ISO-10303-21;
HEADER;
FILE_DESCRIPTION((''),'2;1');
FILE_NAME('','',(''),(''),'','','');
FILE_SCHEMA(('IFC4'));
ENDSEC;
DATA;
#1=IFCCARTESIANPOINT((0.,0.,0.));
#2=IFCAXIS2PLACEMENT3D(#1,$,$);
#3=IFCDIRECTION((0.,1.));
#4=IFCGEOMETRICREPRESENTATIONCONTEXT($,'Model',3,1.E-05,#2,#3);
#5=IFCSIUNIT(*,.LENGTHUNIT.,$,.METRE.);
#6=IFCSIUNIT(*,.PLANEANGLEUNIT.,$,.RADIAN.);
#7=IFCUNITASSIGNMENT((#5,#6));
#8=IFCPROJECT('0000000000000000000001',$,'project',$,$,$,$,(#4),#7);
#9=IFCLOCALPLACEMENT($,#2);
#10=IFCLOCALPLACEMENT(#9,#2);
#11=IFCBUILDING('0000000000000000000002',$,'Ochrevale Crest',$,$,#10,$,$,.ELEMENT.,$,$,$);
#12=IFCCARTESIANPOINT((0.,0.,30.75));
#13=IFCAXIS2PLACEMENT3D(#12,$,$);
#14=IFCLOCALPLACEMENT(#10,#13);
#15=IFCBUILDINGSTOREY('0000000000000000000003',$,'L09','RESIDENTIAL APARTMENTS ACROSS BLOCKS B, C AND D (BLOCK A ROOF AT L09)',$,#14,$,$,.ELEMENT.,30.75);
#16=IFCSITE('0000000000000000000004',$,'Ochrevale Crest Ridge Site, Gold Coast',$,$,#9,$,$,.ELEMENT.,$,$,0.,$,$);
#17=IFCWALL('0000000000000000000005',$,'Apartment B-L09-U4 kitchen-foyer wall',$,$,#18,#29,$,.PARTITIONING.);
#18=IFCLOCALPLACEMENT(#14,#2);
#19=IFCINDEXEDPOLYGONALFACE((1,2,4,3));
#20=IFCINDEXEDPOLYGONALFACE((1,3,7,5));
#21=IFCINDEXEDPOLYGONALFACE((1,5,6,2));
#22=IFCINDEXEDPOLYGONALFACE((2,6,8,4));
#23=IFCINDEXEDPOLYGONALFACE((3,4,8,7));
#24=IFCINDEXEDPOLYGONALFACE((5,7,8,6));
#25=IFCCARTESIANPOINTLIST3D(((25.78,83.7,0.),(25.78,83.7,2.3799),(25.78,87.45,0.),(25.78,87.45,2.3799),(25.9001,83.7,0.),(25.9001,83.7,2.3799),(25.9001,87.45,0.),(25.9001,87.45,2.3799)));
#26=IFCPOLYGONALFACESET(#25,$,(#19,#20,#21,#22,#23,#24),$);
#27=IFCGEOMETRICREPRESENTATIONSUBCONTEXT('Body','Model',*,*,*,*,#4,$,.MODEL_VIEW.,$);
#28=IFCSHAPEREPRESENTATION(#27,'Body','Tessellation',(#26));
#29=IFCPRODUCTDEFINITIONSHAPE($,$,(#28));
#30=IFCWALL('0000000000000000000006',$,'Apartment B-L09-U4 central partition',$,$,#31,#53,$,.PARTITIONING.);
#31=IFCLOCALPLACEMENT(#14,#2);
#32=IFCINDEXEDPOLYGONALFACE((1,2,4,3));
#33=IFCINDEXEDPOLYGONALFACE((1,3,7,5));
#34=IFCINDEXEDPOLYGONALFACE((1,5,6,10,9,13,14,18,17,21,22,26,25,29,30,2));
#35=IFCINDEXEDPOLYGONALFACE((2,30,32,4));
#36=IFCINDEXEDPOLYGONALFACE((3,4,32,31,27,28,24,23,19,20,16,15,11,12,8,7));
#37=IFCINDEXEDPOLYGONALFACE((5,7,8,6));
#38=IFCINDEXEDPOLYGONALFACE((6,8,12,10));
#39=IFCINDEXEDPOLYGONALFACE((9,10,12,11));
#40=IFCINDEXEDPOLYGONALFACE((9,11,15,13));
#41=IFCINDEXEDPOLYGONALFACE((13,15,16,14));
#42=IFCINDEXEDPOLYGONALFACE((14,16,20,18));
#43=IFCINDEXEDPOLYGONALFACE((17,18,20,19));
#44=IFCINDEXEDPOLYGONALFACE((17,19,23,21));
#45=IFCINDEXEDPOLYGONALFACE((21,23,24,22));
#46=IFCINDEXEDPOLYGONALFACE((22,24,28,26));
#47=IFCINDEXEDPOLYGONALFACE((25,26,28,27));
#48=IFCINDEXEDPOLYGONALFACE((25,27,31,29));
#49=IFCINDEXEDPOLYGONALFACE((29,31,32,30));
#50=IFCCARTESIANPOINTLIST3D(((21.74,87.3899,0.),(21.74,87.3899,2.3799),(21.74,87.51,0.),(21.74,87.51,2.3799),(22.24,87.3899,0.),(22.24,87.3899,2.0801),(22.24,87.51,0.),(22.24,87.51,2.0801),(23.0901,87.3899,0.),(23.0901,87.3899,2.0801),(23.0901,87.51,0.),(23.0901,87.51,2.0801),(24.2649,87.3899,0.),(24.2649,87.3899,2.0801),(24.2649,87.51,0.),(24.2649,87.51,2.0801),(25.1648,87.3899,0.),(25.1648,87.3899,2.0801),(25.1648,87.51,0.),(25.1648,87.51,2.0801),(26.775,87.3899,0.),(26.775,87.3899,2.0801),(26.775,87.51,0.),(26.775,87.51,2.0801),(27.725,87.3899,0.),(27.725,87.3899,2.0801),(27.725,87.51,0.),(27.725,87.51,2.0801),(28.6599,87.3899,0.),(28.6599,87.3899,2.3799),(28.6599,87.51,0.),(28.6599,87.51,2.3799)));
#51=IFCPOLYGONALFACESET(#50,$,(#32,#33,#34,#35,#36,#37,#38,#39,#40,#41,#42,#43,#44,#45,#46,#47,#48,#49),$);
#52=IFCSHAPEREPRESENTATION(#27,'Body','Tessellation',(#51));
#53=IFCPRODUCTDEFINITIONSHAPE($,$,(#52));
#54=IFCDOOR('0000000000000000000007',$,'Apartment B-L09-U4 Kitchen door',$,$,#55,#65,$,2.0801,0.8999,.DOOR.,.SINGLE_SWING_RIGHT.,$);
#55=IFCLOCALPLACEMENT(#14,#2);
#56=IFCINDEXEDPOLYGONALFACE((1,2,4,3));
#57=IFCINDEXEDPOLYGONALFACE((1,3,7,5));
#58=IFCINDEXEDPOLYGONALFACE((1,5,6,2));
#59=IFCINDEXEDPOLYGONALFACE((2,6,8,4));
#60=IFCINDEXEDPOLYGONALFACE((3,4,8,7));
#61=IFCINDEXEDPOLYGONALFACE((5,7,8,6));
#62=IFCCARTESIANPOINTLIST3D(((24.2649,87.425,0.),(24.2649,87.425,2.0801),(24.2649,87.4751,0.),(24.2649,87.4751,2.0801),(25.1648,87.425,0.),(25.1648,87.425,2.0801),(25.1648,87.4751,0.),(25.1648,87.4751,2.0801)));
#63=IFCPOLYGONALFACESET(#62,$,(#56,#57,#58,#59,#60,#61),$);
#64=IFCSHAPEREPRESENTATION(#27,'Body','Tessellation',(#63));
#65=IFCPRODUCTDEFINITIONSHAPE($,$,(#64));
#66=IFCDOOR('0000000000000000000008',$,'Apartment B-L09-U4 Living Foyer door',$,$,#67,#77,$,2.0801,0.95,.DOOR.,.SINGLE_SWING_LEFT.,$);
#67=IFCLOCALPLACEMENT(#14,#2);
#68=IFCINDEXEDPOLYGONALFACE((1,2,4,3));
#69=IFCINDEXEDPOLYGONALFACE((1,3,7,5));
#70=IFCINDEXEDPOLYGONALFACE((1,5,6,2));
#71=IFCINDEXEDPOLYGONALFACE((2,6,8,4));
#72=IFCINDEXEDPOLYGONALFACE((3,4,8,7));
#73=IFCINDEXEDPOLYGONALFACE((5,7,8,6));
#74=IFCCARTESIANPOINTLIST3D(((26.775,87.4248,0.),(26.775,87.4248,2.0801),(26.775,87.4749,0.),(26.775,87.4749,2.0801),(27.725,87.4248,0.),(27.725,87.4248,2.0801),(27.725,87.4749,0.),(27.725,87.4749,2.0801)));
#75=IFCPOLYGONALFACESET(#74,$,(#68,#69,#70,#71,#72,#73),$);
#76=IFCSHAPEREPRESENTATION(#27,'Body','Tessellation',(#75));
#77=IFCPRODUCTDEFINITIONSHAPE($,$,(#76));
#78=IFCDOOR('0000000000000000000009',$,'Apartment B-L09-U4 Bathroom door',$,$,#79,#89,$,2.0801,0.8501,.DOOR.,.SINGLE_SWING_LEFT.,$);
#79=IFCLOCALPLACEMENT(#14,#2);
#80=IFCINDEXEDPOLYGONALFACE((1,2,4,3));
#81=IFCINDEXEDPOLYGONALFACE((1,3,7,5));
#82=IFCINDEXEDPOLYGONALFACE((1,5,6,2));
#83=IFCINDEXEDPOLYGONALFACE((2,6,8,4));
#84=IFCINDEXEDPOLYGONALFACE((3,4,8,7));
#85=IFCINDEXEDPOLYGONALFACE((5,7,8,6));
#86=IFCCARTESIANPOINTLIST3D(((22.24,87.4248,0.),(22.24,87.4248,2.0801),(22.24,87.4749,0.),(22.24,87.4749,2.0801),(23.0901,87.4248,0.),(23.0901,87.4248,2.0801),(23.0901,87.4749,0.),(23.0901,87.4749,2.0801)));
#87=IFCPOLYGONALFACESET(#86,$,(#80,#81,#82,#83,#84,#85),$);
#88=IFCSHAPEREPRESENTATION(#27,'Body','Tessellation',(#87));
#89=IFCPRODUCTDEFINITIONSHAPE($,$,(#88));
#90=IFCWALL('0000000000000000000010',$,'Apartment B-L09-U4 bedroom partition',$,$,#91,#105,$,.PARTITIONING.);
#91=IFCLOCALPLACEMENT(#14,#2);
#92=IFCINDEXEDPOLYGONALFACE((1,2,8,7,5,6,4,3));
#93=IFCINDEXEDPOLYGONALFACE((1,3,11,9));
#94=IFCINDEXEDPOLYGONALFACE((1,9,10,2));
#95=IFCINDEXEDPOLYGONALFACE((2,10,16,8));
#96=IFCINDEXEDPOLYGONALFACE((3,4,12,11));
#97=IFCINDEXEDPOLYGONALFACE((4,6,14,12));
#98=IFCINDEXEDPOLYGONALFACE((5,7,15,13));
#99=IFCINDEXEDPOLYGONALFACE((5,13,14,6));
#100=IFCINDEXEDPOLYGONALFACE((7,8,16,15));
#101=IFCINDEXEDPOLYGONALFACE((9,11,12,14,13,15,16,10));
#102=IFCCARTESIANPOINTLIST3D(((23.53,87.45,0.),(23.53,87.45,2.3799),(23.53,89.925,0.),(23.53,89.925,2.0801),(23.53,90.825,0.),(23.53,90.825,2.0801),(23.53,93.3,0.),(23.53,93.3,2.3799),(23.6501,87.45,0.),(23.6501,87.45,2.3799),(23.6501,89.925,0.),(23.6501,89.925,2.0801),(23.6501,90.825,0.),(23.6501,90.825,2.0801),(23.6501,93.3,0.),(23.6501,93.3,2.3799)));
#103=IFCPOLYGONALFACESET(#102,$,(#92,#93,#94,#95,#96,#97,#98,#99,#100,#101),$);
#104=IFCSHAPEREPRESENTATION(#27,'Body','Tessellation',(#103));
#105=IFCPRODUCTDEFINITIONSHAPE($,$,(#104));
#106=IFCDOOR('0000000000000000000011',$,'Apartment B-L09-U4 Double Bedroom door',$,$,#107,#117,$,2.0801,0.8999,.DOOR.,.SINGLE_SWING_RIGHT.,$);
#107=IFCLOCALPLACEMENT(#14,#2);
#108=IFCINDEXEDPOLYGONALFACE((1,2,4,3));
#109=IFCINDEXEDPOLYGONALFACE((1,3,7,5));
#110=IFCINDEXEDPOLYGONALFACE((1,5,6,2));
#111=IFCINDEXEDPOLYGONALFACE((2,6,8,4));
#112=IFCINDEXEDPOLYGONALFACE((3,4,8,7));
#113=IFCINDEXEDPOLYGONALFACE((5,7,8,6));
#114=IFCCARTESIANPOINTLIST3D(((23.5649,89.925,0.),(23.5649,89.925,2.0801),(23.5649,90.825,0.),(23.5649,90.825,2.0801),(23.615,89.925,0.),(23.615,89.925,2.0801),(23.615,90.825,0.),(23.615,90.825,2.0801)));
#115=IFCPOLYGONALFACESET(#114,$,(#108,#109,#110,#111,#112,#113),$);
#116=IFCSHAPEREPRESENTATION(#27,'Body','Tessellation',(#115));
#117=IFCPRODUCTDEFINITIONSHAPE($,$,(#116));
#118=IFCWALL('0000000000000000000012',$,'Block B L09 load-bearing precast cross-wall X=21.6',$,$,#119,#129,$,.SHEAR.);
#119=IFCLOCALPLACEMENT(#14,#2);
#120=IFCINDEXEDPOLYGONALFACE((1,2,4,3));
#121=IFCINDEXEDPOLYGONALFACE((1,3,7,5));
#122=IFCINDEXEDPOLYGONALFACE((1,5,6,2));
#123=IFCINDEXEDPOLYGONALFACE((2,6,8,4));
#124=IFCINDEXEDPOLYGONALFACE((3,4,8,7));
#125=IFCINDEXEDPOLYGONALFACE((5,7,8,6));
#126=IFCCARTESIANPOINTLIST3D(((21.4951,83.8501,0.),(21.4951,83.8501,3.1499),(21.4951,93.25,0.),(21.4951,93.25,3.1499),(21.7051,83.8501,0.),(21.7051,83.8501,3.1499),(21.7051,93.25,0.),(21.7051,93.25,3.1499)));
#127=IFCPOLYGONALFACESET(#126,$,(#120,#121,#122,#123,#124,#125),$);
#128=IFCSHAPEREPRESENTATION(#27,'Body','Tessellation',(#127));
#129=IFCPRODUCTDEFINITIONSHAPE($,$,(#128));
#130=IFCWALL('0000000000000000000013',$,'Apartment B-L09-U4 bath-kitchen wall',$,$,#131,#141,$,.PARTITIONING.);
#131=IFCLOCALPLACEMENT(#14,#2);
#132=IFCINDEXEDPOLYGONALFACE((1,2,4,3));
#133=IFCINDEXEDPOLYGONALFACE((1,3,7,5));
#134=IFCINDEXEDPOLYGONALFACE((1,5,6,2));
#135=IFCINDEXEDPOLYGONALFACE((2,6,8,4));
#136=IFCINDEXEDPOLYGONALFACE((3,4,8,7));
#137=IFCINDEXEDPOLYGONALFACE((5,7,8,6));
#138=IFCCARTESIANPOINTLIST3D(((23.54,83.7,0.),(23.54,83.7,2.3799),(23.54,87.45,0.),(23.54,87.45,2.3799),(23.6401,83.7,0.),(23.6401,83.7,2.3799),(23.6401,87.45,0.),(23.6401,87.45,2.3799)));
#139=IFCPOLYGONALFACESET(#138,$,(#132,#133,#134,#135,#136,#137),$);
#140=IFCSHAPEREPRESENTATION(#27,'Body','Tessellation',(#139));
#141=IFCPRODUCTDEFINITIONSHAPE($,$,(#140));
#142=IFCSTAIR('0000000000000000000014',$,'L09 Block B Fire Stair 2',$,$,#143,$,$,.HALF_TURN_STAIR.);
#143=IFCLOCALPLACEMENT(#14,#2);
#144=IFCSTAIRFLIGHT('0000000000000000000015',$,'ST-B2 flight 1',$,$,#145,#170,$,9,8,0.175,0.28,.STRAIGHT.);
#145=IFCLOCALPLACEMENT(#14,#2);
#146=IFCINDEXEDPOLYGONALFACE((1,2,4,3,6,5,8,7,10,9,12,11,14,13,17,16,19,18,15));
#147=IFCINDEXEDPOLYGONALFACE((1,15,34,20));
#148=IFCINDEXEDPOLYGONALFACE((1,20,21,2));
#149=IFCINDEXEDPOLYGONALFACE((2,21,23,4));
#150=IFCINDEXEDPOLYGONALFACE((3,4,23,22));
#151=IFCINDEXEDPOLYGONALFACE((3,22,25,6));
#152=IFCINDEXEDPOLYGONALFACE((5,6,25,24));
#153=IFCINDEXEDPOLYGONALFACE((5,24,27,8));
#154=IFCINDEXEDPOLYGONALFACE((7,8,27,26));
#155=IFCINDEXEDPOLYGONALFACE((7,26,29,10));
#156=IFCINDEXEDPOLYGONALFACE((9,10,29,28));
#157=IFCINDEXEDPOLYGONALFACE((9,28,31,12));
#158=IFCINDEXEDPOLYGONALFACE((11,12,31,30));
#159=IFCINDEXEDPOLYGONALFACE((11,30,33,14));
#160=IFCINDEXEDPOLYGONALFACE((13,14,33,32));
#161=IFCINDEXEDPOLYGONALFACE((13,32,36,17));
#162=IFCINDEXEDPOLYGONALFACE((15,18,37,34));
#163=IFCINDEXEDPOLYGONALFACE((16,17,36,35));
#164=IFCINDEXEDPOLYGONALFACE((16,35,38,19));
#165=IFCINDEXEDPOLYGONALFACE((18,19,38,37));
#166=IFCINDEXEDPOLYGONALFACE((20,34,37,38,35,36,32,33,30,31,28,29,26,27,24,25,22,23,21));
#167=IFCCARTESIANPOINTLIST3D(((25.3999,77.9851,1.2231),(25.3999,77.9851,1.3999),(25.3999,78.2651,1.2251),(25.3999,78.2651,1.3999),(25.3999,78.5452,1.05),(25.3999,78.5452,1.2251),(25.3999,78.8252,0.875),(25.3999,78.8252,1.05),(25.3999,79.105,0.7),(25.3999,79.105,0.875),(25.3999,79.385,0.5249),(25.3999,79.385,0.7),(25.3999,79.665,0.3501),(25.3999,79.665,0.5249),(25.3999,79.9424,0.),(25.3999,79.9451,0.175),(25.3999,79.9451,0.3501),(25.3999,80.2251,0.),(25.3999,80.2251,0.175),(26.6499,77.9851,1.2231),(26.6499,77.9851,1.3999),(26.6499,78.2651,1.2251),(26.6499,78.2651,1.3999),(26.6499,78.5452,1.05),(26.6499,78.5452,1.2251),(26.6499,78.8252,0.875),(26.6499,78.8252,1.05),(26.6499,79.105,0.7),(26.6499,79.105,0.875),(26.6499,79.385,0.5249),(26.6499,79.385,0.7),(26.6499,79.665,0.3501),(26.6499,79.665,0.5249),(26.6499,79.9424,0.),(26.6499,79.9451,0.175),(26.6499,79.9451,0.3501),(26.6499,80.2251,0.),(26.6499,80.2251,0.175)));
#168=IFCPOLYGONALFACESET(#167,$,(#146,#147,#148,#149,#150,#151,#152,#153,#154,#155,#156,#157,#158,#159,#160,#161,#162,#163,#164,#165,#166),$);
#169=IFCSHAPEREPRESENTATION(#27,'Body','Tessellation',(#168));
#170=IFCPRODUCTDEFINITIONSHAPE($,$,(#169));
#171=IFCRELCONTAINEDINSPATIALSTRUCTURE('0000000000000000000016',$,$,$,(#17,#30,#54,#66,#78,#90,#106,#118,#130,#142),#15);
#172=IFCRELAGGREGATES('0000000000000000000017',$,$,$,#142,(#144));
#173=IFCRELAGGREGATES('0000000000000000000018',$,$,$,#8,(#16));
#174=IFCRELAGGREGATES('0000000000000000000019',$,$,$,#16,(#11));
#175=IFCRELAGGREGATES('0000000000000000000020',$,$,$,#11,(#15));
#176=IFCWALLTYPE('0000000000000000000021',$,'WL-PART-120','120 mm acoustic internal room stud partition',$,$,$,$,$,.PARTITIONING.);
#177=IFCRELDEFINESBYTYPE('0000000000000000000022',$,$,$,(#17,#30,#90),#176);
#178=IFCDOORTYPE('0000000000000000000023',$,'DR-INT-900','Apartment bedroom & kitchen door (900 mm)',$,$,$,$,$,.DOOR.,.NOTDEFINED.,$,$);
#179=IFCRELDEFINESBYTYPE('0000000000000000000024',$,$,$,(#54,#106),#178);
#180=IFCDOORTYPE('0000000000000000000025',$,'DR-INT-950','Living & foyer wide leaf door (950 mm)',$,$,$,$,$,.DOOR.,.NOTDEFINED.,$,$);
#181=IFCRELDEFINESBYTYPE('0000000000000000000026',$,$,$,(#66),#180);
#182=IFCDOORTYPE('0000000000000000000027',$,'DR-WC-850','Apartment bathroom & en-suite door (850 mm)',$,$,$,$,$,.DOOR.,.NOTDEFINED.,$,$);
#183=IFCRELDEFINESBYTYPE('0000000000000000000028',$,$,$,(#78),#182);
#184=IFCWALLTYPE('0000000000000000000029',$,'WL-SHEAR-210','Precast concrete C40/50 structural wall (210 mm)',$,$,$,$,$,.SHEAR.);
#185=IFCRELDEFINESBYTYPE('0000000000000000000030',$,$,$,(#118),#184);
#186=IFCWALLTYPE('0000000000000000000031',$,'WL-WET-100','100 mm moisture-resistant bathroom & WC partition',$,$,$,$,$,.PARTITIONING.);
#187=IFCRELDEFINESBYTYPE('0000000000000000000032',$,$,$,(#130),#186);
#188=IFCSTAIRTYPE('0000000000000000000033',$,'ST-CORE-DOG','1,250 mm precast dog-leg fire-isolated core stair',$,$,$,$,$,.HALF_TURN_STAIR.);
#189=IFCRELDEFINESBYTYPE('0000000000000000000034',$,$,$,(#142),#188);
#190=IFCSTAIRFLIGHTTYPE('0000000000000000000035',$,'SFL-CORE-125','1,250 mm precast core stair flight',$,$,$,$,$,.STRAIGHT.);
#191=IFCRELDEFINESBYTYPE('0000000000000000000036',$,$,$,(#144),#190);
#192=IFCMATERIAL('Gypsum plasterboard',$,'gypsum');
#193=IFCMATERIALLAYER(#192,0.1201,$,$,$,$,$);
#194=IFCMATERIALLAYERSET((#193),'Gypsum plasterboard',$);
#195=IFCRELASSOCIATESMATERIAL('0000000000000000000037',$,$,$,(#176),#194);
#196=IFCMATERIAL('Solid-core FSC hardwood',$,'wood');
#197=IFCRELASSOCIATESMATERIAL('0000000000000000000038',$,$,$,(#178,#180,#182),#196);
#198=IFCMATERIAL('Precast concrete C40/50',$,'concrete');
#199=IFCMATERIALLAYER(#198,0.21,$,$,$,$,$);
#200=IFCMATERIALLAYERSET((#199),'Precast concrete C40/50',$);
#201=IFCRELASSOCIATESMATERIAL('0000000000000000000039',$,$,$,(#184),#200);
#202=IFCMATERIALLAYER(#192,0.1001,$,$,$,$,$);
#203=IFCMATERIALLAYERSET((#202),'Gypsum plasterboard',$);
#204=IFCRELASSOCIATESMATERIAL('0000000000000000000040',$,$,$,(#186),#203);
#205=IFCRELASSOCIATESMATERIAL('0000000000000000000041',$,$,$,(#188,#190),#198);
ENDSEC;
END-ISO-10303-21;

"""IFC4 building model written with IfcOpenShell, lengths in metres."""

from ifc_helpers import new_model, si_unit, direction, frame, frame_2d, origin, place, context, subcontext, project, spatial, polyline, rectangle, outline, extrude, material, layer, layer_set, type_object, element, fill, aggregate, save


model = new_model("IFC4")

# Units and contexts
model_context = context("Model", 3, precision=1e-05, world=origin(), true_north=direction((0.0, 1.0)))
body_context = subcontext(model_context, "Body", "Model", "MODEL_VIEW")
ifc_project = project(units=[si_unit("LENGTHUNIT", "METRE"), si_unit("PLANEANGLEUNIT", "RADIAN")], contexts=[model_context])

# Site, building, storey
site_placement = place(None, origin())
site = spatial("IfcSite", under=ifc_project, at=site_placement, Name="Ochrevale Crest Ridge Site, Gold Coast", CompositionType="ELEMENT", RefElevation=0.0)
building_placement = place(site_placement, origin())
building = spatial("IfcBuilding", under=site, at=building_placement, Name="Ochrevale Crest", CompositionType="ELEMENT")
storey_placement = place(building_placement, frame((0.0, 0.0, 30.75)))
storey = spatial("IfcBuildingStorey", under=building, at=storey_placement, Name="L09", Description="RESIDENTIAL APARTMENTS ACROSS BLOCKS B, C AND D (BLOCK A ROOF AT L09)", CompositionType="ELEMENT", Elevation=30.75)

# Shared definitions
ifc_material_1 = material(Name="Gypsum plasterboard", Category="gypsum")
ifc_material_2 = material(Name="Solid-core FSC hardwood", Category="wood")

# Wall
ifc_layer_1 = layer(ifc_material_1, 0.1201)
ifc_layer_set_1 = layer_set([ifc_layer_1], Name="Gypsum plasterboard")
wall_type_1 = type_object("IfcWallType", Name="WL-PART-120", Description="120 mm acoustic internal room stud partition", PredefinedType="PARTITIONING", material=ifc_layer_set_1)
wall_1_placement = place(storey_placement, frame((25.8401, 83.7, 0.0), z_axis=(0.0, 0.0, 1.0), x_axis=(0.0, 1.0, 0.0)))
element("IfcWall", 1, at=wall_1_placement, inside=storey, type_object=wall_type_1, Name="Apartment B-L09-U4 kitchen-foyer wall", PredefinedType="PARTITIONING", context=body_context, shape_type="SweptSolid", body=[
    extrude(rectangle(XDim=3.75, YDim=0.1201, at=frame_2d((1.875, 0.0))), origin(), (0.0, 0.0, 1.0), 2.3799),
])

# Wall, openings, doors
wall_2_placement = place(storey_placement, frame((21.74, 87.45, 0.0), z_axis=(0.0, 0.0, 1.0), x_axis=(1.0, 0.0, 0.0)))
wall_2 = element("IfcWall", 2, at=wall_2_placement, inside=storey, type_object=wall_type_1, Name="Apartment B-L09-U4 central partition", PredefinedType="PARTITIONING", context=body_context, shape_type="SweptSolid", body=[
    extrude(rectangle(XDim=6.9199, YDim=0.1201, at=frame_2d((3.46, 0.0))), origin(), (0.0, 0.0, 1.0), 2.3799),
])
opening_1_placement = place(wall_2_placement, frame((0.5, 0.0, 0.0)))
opening_1 = element("IfcOpeningElement", 3, at=opening_1_placement, cuts=wall_2, PredefinedType="OPENING", context=body_context, shape_type="SweptSolid", body=[
    extrude(rectangle(XDim=0.8501, YDim=2.0801, at=frame_2d((0.425, 1.04))), frame((0.0, 0.0701, 0.0), z_axis=(0.0, -1.0, 0.0), x_axis=(1.0, 0.0, 0.0)), (0.0, 0.0, 1.0), 0.1401),
])
opening_2_placement = place(wall_2_placement, frame((3.4248, 0.0, 0.0), z_axis=(0.0, 0.0, 1.0), x_axis=(-1.0, 0.0, 0.0)))
opening_2 = element("IfcOpeningElement", 4, at=opening_2_placement, cuts=wall_2, PredefinedType="OPENING", context=body_context, shape_type="SweptSolid", body=[
    extrude(rectangle(XDim=0.8999, YDim=2.0801, at=frame_2d((0.45, 1.04))), frame((0.0, 0.0701, 0.0), z_axis=(0.0, -1.0, 0.0), x_axis=(1.0, 0.0, 0.0)), (0.0, 0.0, 1.0), 0.1401),
])
opening_3_placement = place(wall_2_placement, frame((5.0349, 0.0, 0.0)))
opening_3 = element("IfcOpeningElement", 5, at=opening_3_placement, cuts=wall_2, PredefinedType="OPENING", context=body_context, shape_type="SweptSolid", body=[
    extrude(rectangle(XDim=0.95, YDim=2.0801, at=frame_2d((0.4751, 1.04))), frame((0.0, 0.0701, 0.0), z_axis=(0.0, -1.0, 0.0), x_axis=(1.0, 0.0, 0.0)), (0.0, 0.0, 1.0), 0.1401),
])
door_type_1 = type_object("IfcDoorType", Name="DR-INT-900", Description="Apartment bedroom & kitchen door (900 mm)", OperationType="NOTDEFINED", PredefinedType="DOOR", material=ifc_material_2)
door_1_placement = place(opening_2_placement, origin())
door_1 = element("IfcDoor", 6, at=door_1_placement, inside=storey, type_object=door_type_1, Name="Apartment B-L09-U4 Kitchen door", OperationType="SINGLE_SWING_RIGHT", OverallHeight=2.0801, OverallWidth=0.8999, PredefinedType="DOOR", context=body_context, shape_type="SweptSolid", body=[
    extrude(rectangle(XDim=0.8999, YDim=2.0801, at=frame_2d((0.45, 1.04))), frame((0.0, 0.0249, 0.0), z_axis=(0.0, -1.0, 0.0), x_axis=(1.0, 0.0, 0.0)), (0.0, 0.0, 1.0), 0.05),
])
fill(opening_2, door_1)
door_type_2 = type_object("IfcDoorType", Name="DR-INT-950", Description="Living & foyer wide leaf door (950 mm)", OperationType="NOTDEFINED", PredefinedType="DOOR", material=ifc_material_2)
door_2_placement = place(opening_3_placement, origin())
door_2 = element("IfcDoor", 7, at=door_2_placement, inside=storey, type_object=door_type_2, Name="Apartment B-L09-U4 Living Foyer door", OperationType="SINGLE_SWING_LEFT", OverallHeight=2.0801, OverallWidth=0.95, PredefinedType="DOOR", context=body_context, shape_type="SweptSolid", body=[
    extrude(rectangle(XDim=0.95, YDim=2.0801, at=frame_2d((0.4751, 1.04))), frame((0.0, 0.0249, 0.0), z_axis=(0.0, -1.0, 0.0), x_axis=(1.0, 0.0, 0.0)), (0.0, 0.0, 1.0), 0.05),
])
fill(opening_3, door_2)
door_type_3 = type_object("IfcDoorType", Name="DR-WC-850", Description="Apartment bathroom & en-suite door (850 mm)", OperationType="NOTDEFINED", PredefinedType="DOOR", material=ifc_material_2)
door_3_placement = place(opening_1_placement, origin())
door_3 = element("IfcDoor", 8, at=door_3_placement, inside=storey, type_object=door_type_3, Name="Apartment B-L09-U4 Bathroom door", OperationType="SINGLE_SWING_LEFT", OverallHeight=2.0801, OverallWidth=0.8501, PredefinedType="DOOR", context=body_context, shape_type="SweptSolid", body=[
    extrude(rectangle(XDim=0.8501, YDim=2.0801, at=frame_2d((0.425, 1.04))), frame((0.0, 0.0249, 0.0), z_axis=(0.0, -1.0, 0.0), x_axis=(1.0, 0.0, 0.0)), (0.0, 0.0, 1.0), 0.05),
])
fill(opening_1, door_3)

# Wall, opening, door
wall_3_placement = place(storey_placement, frame((23.5901, 87.45, 0.0), z_axis=(0.0, 0.0, 1.0), x_axis=(0.0, 1.0, 0.0)))
wall_3 = element("IfcWall", 9, at=wall_3_placement, inside=storey, type_object=wall_type_1, Name="Apartment B-L09-U4 bedroom partition", PredefinedType="PARTITIONING", context=body_context, shape_type="SweptSolid", body=[
    extrude(rectangle(XDim=5.8501, YDim=0.1201, at=frame_2d((2.925, 0.0))), origin(), (0.0, 0.0, 1.0), 2.3799),
])
opening_4_placement = place(wall_3_placement, frame((3.375, 0.0, 0.0), z_axis=(0.0, 0.0, 1.0), x_axis=(-1.0, 0.0, 0.0)))
opening_4 = element("IfcOpeningElement", 10, at=opening_4_placement, cuts=wall_3, PredefinedType="OPENING", context=body_context, shape_type="SweptSolid", body=[
    extrude(rectangle(XDim=0.8999, YDim=2.0801, at=frame_2d((0.45, 1.04))), frame((0.0, 0.0701, 0.0), z_axis=(0.0, -1.0, 0.0), x_axis=(1.0, 0.0, 0.0)), (0.0, 0.0, 1.0), 0.1401),
])
door_4_placement = place(opening_4_placement, origin())
door_4 = element("IfcDoor", 11, at=door_4_placement, inside=storey, type_object=door_type_1, Name="Apartment B-L09-U4 Double Bedroom door", OperationType="SINGLE_SWING_RIGHT", OverallHeight=2.0801, OverallWidth=0.8999, PredefinedType="DOOR", context=body_context, shape_type="SweptSolid", body=[
    extrude(rectangle(XDim=0.8999, YDim=2.0801, at=frame_2d((0.45, 1.04))), frame((0.0, 0.0249, 0.0), z_axis=(0.0, -1.0, 0.0), x_axis=(1.0, 0.0, 0.0)), (0.0, 0.0, 1.0), 0.05),
])
fill(opening_4, door_4)

# Walls
ifc_material_3 = material(Name="Precast concrete C40/50", Category="concrete")
ifc_layer_2 = layer(ifc_material_3, 0.21)
ifc_layer_set_2 = layer_set([ifc_layer_2], Name="Precast concrete C40/50")
wall_type_2 = type_object("IfcWallType", Name="WL-SHEAR-210", Description="Precast concrete C40/50 structural wall (210 mm)", PredefinedType="SHEAR", material=ifc_layer_set_2)
wall_4_placement = place(storey_placement, frame((21.6001, 83.8501, 0.0), z_axis=(0.0, 0.0, 1.0), x_axis=(0.0, 1.0, 0.0)))
element("IfcWall", 12, at=wall_4_placement, inside=storey, type_object=wall_type_2, Name="Block B L09 load-bearing precast cross-wall X=21.6", PredefinedType="SHEAR", context=body_context, shape_type="SweptSolid", body=[
    extrude(rectangle(XDim=9.3999, YDim=0.21, at=frame_2d((4.7, 0.0))), origin(), (0.0, 0.0, 1.0), 3.1499),
])
ifc_layer_3 = layer(ifc_material_1, 0.1001)
ifc_layer_set_3 = layer_set([ifc_layer_3], Name="Gypsum plasterboard")
wall_type_3 = type_object("IfcWallType", Name="WL-WET-100", Description="100 mm moisture-resistant bathroom & WC partition", PredefinedType="PARTITIONING", material=ifc_layer_set_3)
wall_5_placement = place(storey_placement, frame((23.5901, 83.7, 0.0), z_axis=(0.0, 0.0, 1.0), x_axis=(0.0, 1.0, 0.0)))
element("IfcWall", 13, at=wall_5_placement, inside=storey, type_object=wall_type_3, Name="Apartment B-L09-U4 bath-kitchen wall", PredefinedType="PARTITIONING", context=body_context, shape_type="SweptSolid", body=[
    extrude(rectangle(XDim=3.75, YDim=0.1001, at=frame_2d((1.875, 0.0))), origin(), (0.0, 0.0, 1.0), 2.3799),
])

# Stair, stair flight
stair_type = type_object("IfcStairType", Name="ST-CORE-DOG", Description="1,250 mm precast dog-leg fire-isolated core stair", PredefinedType="HALF_TURN_STAIR", material=ifc_material_3)
stair_placement = place(storey_placement, origin())
stair = element("IfcStair", 14, at=stair_placement, inside=storey, type_object=stair_type, Name="L09 Block B Fire Stair 2", PredefinedType="HALF_TURN_STAIR")
stair_flight_type = type_object("IfcStairFlightType", Name="SFL-CORE-125", Description="1,250 mm precast core stair flight", PredefinedType="STRAIGHT", material=ifc_material_3)
stair_flight_placement = place(storey_placement, frame((26.0249, 80.2251, 0.0), z_axis=(0.0, 0.0, 1.0), x_axis=(0.0, -1.0, 0.0)))
stair_flight = element("IfcStairFlight", 15, at=stair_flight_placement, type_object=stair_flight_type, Name="ST-B2 flight 1", NumberOfRisers=9, NumberOfTreads=8, PredefinedType="STRAIGHT", RiserHeight=0.175, TreadLength=0.28, context=body_context, shape_type="SweptSolid", body=[
    extrude(outline(polyline([(0.0, 0.0), (0.0, 0.175), (0.28, 0.175), (0.28, 0.3501), (0.5601, 0.3501), (0.5601, 0.5249), (0.8401, 0.5249), (0.8401, 0.7), (1.1201, 0.7), (1.1201, 0.875), (1.3999, 0.875), (1.3999, 1.05), (1.6799, 1.05), (1.6799, 1.2251), (1.96, 1.2251), (1.96, 1.3999), (2.24, 1.3999), (2.24, 1.575), (2.24, 1.2231), (0.2827, 0.0), (0.0, 0.0)])), frame((0.0, 0.625, 0.0), z_axis=(0.0, -1.0, 0.0), x_axis=(1.0, 0.0, 0.0)), (0.0, 0.0, 1.0), 1.25),
])
aggregate(stair, [stair_flight])

save(model, "model.ifc")
